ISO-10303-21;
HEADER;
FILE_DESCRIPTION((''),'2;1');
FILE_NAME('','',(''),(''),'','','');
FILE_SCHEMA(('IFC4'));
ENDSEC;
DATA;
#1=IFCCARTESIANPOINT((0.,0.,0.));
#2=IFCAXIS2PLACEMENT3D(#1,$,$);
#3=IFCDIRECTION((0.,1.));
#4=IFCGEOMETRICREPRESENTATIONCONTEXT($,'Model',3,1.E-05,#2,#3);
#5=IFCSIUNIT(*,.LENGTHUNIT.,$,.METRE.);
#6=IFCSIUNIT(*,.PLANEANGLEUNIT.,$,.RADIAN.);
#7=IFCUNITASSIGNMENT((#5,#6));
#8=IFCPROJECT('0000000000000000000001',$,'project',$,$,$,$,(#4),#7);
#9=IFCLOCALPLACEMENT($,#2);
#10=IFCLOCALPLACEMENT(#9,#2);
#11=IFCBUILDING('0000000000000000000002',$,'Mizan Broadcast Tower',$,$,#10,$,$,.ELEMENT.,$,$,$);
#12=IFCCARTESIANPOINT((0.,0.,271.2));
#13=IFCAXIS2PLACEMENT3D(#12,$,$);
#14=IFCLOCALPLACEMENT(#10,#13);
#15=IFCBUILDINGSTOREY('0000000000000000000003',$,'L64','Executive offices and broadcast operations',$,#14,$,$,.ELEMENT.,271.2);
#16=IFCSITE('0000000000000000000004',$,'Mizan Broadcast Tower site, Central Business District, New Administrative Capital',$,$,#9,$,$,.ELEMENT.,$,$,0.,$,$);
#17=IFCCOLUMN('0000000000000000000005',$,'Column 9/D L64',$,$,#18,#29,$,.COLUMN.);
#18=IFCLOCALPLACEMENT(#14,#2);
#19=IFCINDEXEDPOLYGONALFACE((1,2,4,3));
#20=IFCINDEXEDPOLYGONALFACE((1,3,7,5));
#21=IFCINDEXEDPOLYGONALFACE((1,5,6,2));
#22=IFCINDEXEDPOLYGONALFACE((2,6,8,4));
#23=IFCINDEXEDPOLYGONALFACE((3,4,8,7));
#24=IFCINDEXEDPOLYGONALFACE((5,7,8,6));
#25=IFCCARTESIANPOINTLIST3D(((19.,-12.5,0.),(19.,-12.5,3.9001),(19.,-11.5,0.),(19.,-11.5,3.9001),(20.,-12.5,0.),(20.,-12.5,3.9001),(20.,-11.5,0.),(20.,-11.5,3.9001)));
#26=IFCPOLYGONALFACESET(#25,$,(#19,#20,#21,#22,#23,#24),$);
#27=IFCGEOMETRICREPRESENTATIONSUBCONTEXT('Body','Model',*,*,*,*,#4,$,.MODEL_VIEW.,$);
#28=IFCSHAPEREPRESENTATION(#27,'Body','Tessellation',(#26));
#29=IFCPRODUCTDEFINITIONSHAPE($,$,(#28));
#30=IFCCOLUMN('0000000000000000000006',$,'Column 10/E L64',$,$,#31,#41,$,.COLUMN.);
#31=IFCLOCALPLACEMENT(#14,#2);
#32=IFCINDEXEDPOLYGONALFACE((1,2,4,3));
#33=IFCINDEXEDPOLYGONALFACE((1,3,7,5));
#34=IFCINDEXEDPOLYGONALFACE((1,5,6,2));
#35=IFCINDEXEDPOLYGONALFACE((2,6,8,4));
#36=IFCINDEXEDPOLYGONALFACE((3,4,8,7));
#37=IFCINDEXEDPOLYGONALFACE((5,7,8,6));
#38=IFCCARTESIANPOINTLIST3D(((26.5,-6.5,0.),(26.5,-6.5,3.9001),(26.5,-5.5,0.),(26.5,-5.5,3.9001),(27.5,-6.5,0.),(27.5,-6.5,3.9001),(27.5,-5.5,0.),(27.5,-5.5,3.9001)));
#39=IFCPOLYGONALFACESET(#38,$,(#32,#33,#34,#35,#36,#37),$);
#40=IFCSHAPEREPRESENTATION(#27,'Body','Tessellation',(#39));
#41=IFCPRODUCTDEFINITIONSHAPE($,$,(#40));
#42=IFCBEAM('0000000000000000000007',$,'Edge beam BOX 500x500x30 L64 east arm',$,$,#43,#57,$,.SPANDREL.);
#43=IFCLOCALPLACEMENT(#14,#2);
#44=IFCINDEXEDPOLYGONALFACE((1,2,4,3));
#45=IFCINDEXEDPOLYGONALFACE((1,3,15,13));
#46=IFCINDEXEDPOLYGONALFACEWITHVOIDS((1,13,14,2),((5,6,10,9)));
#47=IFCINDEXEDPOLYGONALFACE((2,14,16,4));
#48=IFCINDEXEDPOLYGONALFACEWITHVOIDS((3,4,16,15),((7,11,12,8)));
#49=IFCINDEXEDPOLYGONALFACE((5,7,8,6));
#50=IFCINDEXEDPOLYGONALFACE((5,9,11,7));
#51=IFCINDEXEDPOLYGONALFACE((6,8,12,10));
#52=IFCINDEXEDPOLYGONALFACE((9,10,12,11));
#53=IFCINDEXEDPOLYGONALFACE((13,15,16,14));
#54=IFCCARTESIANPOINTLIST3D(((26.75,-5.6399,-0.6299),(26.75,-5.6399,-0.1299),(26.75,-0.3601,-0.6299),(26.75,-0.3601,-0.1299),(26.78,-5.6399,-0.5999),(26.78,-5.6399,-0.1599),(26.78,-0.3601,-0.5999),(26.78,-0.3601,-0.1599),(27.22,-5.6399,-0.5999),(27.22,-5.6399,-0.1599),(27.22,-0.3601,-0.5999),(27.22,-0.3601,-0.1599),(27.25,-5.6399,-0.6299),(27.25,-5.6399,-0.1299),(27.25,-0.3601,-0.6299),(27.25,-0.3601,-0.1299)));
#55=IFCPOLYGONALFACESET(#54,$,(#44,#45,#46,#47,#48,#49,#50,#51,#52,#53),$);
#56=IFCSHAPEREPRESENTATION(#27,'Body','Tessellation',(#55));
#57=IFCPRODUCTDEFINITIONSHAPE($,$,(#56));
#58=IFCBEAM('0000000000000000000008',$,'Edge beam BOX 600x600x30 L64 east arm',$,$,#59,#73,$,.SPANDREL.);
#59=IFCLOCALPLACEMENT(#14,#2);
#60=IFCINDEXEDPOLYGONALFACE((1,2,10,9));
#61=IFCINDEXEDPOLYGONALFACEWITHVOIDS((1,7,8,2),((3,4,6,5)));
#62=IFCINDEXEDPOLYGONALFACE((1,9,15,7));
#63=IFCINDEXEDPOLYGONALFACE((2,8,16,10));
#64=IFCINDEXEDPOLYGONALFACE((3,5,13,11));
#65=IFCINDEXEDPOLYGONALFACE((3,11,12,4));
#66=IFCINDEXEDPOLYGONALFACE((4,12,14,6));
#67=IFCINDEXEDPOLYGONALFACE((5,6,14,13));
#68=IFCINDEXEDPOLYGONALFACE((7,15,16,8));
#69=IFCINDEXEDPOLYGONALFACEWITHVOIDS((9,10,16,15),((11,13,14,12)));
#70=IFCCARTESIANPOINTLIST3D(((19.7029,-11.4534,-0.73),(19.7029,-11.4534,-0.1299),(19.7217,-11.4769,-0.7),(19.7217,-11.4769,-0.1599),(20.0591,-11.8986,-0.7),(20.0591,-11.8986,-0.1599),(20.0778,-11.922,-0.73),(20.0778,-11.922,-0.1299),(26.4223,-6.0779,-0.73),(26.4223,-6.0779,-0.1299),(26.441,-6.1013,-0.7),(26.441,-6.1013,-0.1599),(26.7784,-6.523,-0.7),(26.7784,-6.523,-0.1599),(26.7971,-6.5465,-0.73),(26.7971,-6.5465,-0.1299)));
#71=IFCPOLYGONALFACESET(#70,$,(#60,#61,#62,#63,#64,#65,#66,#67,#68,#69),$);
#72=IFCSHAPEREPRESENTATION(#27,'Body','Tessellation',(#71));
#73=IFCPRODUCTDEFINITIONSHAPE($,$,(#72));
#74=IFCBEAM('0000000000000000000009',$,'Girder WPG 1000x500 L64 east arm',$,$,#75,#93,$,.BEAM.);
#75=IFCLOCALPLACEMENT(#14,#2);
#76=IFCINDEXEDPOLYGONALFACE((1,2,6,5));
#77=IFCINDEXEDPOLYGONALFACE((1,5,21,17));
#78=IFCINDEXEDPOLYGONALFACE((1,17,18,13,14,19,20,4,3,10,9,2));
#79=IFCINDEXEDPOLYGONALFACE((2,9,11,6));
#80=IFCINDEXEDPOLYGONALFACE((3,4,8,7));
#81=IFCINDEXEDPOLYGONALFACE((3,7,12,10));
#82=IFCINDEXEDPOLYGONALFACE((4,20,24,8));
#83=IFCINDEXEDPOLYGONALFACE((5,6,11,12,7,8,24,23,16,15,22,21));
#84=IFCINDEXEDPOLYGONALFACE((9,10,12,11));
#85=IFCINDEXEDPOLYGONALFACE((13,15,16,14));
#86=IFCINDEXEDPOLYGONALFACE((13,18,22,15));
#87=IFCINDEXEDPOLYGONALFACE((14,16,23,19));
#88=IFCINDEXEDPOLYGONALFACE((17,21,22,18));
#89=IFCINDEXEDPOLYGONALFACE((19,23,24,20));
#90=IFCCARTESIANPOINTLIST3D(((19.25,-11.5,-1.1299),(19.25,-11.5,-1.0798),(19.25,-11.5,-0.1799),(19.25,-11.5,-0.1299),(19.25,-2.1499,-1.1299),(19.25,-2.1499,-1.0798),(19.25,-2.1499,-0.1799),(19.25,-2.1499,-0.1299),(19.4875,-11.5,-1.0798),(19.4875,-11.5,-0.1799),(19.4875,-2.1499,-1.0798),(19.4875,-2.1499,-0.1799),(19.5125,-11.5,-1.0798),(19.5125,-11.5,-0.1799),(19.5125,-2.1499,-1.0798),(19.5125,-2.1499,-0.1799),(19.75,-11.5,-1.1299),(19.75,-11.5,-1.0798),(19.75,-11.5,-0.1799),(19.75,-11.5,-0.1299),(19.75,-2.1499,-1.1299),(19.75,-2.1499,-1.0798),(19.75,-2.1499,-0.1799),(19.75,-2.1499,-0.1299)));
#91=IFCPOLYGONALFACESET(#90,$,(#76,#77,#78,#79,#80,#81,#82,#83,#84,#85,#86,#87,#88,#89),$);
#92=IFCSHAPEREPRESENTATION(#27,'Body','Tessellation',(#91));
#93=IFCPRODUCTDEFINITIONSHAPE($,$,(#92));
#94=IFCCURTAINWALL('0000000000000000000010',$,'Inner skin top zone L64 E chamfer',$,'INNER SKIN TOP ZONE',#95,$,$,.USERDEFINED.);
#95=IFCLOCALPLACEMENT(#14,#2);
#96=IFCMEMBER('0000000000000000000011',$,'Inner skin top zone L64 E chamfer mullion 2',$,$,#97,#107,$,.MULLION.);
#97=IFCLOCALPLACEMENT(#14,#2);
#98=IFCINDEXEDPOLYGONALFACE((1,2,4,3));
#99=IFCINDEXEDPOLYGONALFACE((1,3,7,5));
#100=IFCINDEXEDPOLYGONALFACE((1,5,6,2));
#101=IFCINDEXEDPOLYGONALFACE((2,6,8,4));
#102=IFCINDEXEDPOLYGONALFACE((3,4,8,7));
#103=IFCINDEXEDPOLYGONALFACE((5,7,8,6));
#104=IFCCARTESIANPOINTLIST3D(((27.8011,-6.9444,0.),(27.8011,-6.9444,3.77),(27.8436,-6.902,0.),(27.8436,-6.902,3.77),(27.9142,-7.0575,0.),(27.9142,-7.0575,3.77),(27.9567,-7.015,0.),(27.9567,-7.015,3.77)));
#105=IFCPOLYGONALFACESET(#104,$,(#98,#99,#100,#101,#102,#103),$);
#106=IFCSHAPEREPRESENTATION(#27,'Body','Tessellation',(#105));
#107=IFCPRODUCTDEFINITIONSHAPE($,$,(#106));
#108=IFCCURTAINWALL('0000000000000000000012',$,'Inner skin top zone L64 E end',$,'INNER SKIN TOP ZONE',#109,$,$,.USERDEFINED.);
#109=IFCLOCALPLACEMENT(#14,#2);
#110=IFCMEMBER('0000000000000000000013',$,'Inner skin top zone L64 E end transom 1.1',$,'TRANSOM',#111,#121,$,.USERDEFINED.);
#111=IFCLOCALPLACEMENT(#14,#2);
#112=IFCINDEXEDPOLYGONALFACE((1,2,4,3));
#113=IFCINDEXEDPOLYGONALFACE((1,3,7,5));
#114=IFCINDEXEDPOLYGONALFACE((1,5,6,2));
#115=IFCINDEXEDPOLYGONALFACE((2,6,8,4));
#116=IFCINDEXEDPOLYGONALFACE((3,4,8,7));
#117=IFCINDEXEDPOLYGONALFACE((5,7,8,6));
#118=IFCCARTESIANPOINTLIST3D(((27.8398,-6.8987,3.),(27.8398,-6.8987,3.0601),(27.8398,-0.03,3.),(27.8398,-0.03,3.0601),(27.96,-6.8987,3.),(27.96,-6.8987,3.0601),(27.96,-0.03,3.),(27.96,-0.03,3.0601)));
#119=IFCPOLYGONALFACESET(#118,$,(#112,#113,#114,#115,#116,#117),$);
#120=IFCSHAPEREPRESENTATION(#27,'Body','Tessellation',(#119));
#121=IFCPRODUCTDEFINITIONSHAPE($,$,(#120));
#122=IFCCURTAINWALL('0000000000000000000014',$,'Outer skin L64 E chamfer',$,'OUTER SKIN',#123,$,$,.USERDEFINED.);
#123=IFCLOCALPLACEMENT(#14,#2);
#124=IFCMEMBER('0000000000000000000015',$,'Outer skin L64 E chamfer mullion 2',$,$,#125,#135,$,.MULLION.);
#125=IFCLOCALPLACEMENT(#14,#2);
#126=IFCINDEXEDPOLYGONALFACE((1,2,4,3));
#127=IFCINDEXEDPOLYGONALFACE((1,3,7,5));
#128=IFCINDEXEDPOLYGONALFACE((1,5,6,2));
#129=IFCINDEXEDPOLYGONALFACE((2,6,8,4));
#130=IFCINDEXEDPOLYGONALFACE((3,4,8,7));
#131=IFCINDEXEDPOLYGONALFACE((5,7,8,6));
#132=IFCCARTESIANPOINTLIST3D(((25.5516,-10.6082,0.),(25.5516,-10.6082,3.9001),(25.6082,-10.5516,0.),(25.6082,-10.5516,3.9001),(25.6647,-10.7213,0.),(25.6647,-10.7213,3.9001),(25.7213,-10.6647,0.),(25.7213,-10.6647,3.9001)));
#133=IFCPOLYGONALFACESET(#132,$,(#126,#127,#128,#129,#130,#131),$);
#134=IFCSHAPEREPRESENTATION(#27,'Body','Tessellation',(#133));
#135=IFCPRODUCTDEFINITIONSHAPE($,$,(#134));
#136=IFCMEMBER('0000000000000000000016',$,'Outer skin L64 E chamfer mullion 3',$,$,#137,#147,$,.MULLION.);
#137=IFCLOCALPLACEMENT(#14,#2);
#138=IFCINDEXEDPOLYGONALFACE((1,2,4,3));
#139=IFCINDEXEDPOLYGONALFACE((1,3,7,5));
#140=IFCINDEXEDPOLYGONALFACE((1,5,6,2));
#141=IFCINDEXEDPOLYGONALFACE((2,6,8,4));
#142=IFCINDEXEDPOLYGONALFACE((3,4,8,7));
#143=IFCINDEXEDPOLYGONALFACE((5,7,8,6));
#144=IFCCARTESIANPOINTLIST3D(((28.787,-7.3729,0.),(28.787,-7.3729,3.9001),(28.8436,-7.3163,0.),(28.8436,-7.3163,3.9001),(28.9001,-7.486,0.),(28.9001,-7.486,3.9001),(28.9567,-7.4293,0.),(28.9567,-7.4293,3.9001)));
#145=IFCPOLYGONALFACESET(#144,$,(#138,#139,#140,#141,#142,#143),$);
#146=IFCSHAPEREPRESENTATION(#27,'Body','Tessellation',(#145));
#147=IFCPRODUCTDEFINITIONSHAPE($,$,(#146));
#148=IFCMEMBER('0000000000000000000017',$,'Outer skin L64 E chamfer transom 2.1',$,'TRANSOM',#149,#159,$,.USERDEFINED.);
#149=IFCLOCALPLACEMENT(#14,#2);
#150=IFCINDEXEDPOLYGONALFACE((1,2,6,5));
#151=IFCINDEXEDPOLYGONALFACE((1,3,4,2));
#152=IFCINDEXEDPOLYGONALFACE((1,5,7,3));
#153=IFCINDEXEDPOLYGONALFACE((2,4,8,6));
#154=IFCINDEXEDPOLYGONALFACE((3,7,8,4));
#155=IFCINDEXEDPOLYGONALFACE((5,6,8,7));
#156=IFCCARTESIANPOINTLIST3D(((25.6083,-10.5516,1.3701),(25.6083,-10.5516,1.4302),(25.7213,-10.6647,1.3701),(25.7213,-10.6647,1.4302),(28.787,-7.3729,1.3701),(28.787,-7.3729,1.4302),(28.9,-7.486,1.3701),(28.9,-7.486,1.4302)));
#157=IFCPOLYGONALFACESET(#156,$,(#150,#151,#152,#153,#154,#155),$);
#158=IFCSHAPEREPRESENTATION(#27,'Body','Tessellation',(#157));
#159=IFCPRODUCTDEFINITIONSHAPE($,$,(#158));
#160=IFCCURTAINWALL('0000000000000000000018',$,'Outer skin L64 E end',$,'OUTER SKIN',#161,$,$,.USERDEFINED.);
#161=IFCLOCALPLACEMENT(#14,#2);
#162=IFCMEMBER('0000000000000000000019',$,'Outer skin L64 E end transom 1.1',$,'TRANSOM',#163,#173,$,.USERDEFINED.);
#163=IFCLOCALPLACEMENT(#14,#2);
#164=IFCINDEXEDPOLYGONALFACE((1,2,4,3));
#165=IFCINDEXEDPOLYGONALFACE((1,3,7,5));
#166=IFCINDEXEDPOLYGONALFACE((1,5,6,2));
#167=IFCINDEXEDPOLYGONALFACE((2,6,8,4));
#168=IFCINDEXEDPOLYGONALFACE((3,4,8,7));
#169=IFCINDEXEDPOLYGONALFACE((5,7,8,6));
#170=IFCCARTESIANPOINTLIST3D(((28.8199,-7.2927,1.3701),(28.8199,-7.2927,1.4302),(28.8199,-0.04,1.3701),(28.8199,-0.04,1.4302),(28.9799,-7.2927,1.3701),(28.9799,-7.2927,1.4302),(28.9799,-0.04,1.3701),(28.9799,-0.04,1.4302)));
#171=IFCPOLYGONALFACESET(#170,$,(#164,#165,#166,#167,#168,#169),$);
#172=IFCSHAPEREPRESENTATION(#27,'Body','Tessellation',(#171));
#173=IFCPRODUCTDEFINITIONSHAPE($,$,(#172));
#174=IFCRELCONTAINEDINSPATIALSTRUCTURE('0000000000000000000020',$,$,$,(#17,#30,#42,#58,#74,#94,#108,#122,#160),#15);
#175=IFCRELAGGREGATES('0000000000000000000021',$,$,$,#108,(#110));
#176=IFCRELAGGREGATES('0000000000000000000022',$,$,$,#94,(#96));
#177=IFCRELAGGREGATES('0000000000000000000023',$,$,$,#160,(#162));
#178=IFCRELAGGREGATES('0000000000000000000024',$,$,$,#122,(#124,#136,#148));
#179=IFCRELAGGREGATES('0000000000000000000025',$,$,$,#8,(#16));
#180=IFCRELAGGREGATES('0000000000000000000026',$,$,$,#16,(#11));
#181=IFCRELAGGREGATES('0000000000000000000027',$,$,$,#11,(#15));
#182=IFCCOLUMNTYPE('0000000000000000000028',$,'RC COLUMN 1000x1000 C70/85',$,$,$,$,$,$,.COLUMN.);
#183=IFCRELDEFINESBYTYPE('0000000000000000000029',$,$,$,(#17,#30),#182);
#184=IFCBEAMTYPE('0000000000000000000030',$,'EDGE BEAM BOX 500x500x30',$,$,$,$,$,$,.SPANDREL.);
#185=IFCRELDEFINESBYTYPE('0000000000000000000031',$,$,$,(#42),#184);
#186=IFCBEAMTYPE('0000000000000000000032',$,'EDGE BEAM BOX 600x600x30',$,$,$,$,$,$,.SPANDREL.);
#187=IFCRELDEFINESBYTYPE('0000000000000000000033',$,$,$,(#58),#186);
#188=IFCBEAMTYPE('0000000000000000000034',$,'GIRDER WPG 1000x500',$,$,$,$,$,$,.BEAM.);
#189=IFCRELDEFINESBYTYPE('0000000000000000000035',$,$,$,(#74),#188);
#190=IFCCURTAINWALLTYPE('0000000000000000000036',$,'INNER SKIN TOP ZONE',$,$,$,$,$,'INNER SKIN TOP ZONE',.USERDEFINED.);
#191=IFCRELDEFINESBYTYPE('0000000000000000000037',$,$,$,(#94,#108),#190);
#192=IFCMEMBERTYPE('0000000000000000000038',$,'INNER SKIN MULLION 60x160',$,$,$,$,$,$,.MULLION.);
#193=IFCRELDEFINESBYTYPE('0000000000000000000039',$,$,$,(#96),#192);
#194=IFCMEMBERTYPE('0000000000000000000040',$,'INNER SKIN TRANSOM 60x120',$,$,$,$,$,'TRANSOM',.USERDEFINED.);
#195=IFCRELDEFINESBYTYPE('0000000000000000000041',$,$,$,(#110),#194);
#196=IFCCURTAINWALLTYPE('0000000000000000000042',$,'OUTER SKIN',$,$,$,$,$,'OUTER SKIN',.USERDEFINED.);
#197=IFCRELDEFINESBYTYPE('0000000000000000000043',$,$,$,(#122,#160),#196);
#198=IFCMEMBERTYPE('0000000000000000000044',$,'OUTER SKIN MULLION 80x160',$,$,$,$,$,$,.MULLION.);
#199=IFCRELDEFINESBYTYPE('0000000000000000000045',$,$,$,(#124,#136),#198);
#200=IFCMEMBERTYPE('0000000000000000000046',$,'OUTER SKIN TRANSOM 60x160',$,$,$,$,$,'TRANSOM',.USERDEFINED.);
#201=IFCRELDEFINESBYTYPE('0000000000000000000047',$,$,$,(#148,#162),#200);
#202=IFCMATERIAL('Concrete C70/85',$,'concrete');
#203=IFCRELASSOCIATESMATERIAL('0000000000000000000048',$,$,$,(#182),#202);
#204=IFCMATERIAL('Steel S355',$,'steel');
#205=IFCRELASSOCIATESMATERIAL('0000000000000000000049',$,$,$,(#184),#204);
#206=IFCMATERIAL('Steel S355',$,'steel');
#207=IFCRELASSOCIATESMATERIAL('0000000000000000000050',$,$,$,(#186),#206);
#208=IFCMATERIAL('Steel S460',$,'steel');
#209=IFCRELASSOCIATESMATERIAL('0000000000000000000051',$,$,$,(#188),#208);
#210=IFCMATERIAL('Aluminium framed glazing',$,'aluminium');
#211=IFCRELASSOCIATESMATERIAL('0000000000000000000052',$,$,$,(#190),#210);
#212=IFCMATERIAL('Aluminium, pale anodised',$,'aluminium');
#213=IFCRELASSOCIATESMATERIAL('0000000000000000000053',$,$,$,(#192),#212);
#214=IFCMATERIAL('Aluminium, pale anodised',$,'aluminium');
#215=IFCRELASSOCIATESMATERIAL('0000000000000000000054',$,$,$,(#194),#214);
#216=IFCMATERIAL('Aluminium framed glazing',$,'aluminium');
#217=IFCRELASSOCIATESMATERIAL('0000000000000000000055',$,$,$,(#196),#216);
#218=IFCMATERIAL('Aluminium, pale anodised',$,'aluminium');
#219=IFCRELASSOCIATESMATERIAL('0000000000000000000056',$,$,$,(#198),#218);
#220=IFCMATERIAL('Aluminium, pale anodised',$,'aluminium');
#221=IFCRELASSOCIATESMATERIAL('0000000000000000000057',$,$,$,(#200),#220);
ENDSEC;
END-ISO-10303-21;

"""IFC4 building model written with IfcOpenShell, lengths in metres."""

from ifc_helpers import new_model, si_unit, direction, frame, origin, origin_2d, place, context, subcontext, project, spatial, rectangle, hollow_rectangle, i_section, extrude, material, material_profile, profile_set, type_object, element, aggregate, save


model = new_model("IFC4")

# Units and contexts
model_context = context("Model", 3, precision=1e-05, world=origin(), true_north=direction((0.0, 1.0)))
body_context = subcontext(model_context, "Body", "Model", "MODEL_VIEW")
ifc_project = project(units=[si_unit("LENGTHUNIT", "METRE"), si_unit("PLANEANGLEUNIT", "RADIAN")], contexts=[model_context])

# Site, building, storey
site_placement = place(None, origin())
site = spatial("IfcSite", under=ifc_project, at=site_placement, Name="Mizan Broadcast Tower site, Central Business District, New Administrative Capital", CompositionType="ELEMENT", RefElevation=0.0)
building_placement = place(site_placement, origin())
building = spatial("IfcBuilding", under=site, at=building_placement, Name="Mizan Broadcast Tower", CompositionType="ELEMENT")
storey_placement = place(building_placement, frame((0.0, 0.0, 271.2)))
storey = spatial("IfcBuildingStorey", under=building, at=storey_placement, Name="L64", Description="Executive offices and broadcast operations", CompositionType="ELEMENT", Elevation=271.2)

# Columns
ifc_material_1 = material(Name="Concrete C70/85", Category="concrete")
ifc_material_profile_1 = material_profile(ifc_material_1, rectangle(XDim=1.0, YDim=1.0, at=origin_2d()), Name="RC 1000x1000")
ifc_profile_set_1 = profile_set([ifc_material_profile_1], Name="Concrete C70/85")
column_type = type_object("IfcColumnType", Name="RC COLUMN 1000x1000 C70/85", PredefinedType="COLUMN", material=ifc_profile_set_1)
for number, where, z_axis, x_axis, name in (
    (1, (19.5, -12.0, 0.0), (0.0, 0.0, 1.0), (1.0, 0.0, 0.0), "Column 9/D L64"),
    (2, (27.0, -6.0, 0.0), (0.0, 0.0, 1.0), (1.0, 0.0, 0.0), "Column 10/E L64"),
):
    element("IfcColumn", number, at=place(storey_placement, frame(where, z_axis=z_axis, x_axis=x_axis)), inside=storey, type_object=column_type, Name=name, PredefinedType="COLUMN", context=body_context, shape_type="SweptSolid", body=[
        extrude(rectangle(XDim=1.0, YDim=1.0, at=origin_2d()), origin(), (0.0, 0.0, 1.0), 3.9001),
    ])

# Beams
ifc_material_2 = material(Name="Steel S355", Category="steel")
ifc_material_profile_2 = material_profile(ifc_material_2, hollow_rectangle(XDim=0.5, YDim=0.5, WallThickness=0.03, at=origin_2d()), Name="BOX 500x500x30")
ifc_profile_set_2 = profile_set([ifc_material_profile_2], Name="Steel S355")
beam_type_1 = type_object("IfcBeamType", Name="EDGE BEAM BOX 500x500x30", PredefinedType="SPANDREL", material=ifc_profile_set_2)
beam_1_placement = place(storey_placement, frame((27.0, -5.6399, -0.3799), z_axis=(0.0, 1.0, 0.0), x_axis=(-1.0, 0.0, 0.0)))
element("IfcBeam", 3, at=beam_1_placement, inside=storey, type_object=beam_type_1, Name="Edge beam BOX 500x500x30 L64 east arm", PredefinedType="SPANDREL", context=body_context, shape_type="SweptSolid", body=[
    extrude(hollow_rectangle(XDim=0.5, YDim=0.5, WallThickness=0.03, at=origin_2d()), origin(), (0.0, 0.0, 1.0), 5.2798),
])
ifc_material_3 = material(Name="Steel S355", Category="steel")
ifc_material_profile_3 = material_profile(ifc_material_3, hollow_rectangle(XDim=0.6001, YDim=0.6001, WallThickness=0.03, at=origin_2d()), Name="BOX 600x600x30")
ifc_profile_set_3 = profile_set([ifc_material_profile_3], Name="Steel S355")
beam_type_2 = type_object("IfcBeamType", Name="EDGE BEAM BOX 600x600x30", PredefinedType="SPANDREL", material=ifc_profile_set_3)
beam_2_placement = place(storey_placement, frame((19.8904, -11.6877, -0.4299), z_axis=(0.780863, 0.624702, 0.0), x_axis=(-0.624702, 0.780863, 0.0)))
element("IfcBeam", 4, at=beam_2_placement, inside=storey, type_object=beam_type_2, Name="Edge beam BOX 600x600x30 L64 east arm", PredefinedType="SPANDREL", context=body_context, shape_type="SweptSolid", body=[
    extrude(hollow_rectangle(XDim=0.6001, YDim=0.6001, WallThickness=0.03, at=origin_2d()), origin(), (0.0, 0.0, 1.0), 8.605),
])
ifc_material_4 = material(Name="Steel S460", Category="steel")
ifc_material_profile_4 = material_profile(ifc_material_4, i_section(OverallWidth=0.5, OverallDepth=1.0, WebThickness=0.0249, FlangeThickness=0.05, at=origin_2d()), Name="WPG 1000x500")
ifc_profile_set_4 = profile_set([ifc_material_profile_4], Name="Steel S460")
beam_type_3 = type_object("IfcBeamType", Name="GIRDER WPG 1000x500", PredefinedType="BEAM", material=ifc_profile_set_4)
beam_3_placement = place(storey_placement, frame((19.5, -11.5, -0.6299), z_axis=(0.0, 1.0, 0.0), x_axis=(-1.0, 0.0, 0.0)))
element("IfcBeam", 5, at=beam_3_placement, inside=storey, type_object=beam_type_3, Name="Girder WPG 1000x500 L64 east arm", PredefinedType="BEAM", context=body_context, shape_type="SweptSolid", body=[
    extrude(i_section(OverallWidth=0.5, OverallDepth=1.0, WebThickness=0.0249, FlangeThickness=0.05, at=origin_2d()), origin(), (0.0, 0.0, 1.0), 9.3501),
])

# Curtain walls, members
ifc_material_5 = material(Name="Aluminium framed glazing", Category="aluminium")
curtain_wall_type_1 = type_object("IfcCurtainWallType", Name="INNER SKIN TOP ZONE", ElementType="INNER SKIN TOP ZONE", PredefinedType="USERDEFINED", material=ifc_material_5)
curtain_wall_1_placement = place(storey_placement, origin())
curtain_wall_1 = element("IfcCurtainWall", 6, at=curtain_wall_1_placement, inside=storey, type_object=curtain_wall_type_1, Name="Inner skin top zone L64 E chamfer", ObjectType="INNER SKIN TOP ZONE", PredefinedType="USERDEFINED")
ifc_material_6 = material(Name="Aluminium, pale anodised", Category="aluminium")
ifc_material_profile_5 = material_profile(ifc_material_6, rectangle(XDim=0.1599, YDim=0.0601, at=origin_2d()), Name="MULLION 160x60")
ifc_profile_set_5 = profile_set([ifc_material_profile_5], Name="Aluminium, pale anodised")
member_type_1 = type_object("IfcMemberType", Name="INNER SKIN MULLION 60x160", PredefinedType="MULLION", material=ifc_profile_set_5)
member_1_placement = place(storey_placement, frame((27.8789, -6.9797, 0.0), z_axis=(0.0, 0.0, 1.0), x_axis=(-0.707107, 0.707107, 0.0)))
member_1 = element("IfcMember", 7, at=member_1_placement, type_object=member_type_1, Name="Inner skin top zone L64 E chamfer mullion 2", PredefinedType="MULLION", context=body_context, shape_type="SweptSolid", body=[
    extrude(rectangle(XDim=0.1599, YDim=0.0601, at=origin_2d()), origin(), (0.0, 0.0, 1.0), 3.77),
])
curtain_wall_2_placement = place(storey_placement, origin())
curtain_wall_2 = element("IfcCurtainWall", 8, at=curtain_wall_2_placement, inside=storey, type_object=curtain_wall_type_1, Name="Inner skin top zone L64 E end", ObjectType="INNER SKIN TOP ZONE", PredefinedType="USERDEFINED")
ifc_material_7 = material(Name="Aluminium, pale anodised", Category="aluminium")
ifc_material_profile_6 = material_profile(ifc_material_7, rectangle(XDim=0.1201, YDim=0.0601, at=origin_2d()), Name="TRANSOM 120x60")
ifc_profile_set_6 = profile_set([ifc_material_profile_6], Name="Aluminium, pale anodised")
member_type_2 = type_object("IfcMemberType", Name="INNER SKIN TRANSOM 60x120", ElementType="TRANSOM", PredefinedType="USERDEFINED", material=ifc_profile_set_6)
member_2_placement = place(storey_placement, frame((27.8999, -6.8987, 3.03), z_axis=(0.0, 1.0, 0.0), x_axis=(-1.0, 0.0, 0.0)))
member_2 = element("IfcMember", 9, at=member_2_placement, type_object=member_type_2, Name="Inner skin top zone L64 E end transom 1.1", ObjectType="TRANSOM", PredefinedType="USERDEFINED", context=body_context, shape_type="SweptSolid", body=[
    extrude(rectangle(XDim=0.1201, YDim=0.0601, at=origin_2d()), origin(), (0.0, 0.0, 1.0), 6.8687),
])
aggregate(curtain_wall_2, [member_2])

# Curtain wall, members
ifc_material_8 = material(Name="Aluminium framed glazing", Category="aluminium")
curtain_wall_type_2 = type_object("IfcCurtainWallType", Name="OUTER SKIN", ElementType="OUTER SKIN", PredefinedType="USERDEFINED", material=ifc_material_8)
curtain_wall_3_placement = place(storey_placement, origin())
curtain_wall_3 = element("IfcCurtainWall", 10, at=curtain_wall_3_placement, inside=storey, type_object=curtain_wall_type_2, Name="Outer skin L64 E chamfer", ObjectType="OUTER SKIN", PredefinedType="USERDEFINED")
ifc_material_9 = material(Name="Aluminium, pale anodised", Category="aluminium")
ifc_material_profile_7 = material_profile(ifc_material_9, rectangle(XDim=0.1599, YDim=0.0801, at=origin_2d()), Name="MULLION 160x80")
ifc_profile_set_7 = profile_set([ifc_material_profile_7], Name="Aluminium, pale anodised")
member_type_3 = type_object("IfcMemberType", Name="OUTER SKIN MULLION 80x160", PredefinedType="MULLION", material=ifc_profile_set_7)
member_3_placement = place(storey_placement, frame((25.6365, -10.6365, 0.0), z_axis=(0.0, 0.0, 1.0), x_axis=(-0.707107, 0.707107, 0.0)))
member_3 = element("IfcMember", 11, at=member_3_placement, type_object=member_type_3, Name="Outer skin L64 E chamfer mullion 2", PredefinedType="MULLION", context=body_context, shape_type="SweptSolid", body=[
    extrude(rectangle(XDim=0.1599, YDim=0.0801, at=origin_2d()), origin(), (0.0, 0.0, 1.0), 3.9001),
])
member_4_placement = place(storey_placement, frame((28.8718, -7.4011, 0.0), z_axis=(0.0, 0.0, 1.0), x_axis=(-0.707107, 0.707107, 0.0)))
member_4 = element("IfcMember", 12, at=member_4_placement, type_object=member_type_3, Name="Outer skin L64 E chamfer mullion 3", PredefinedType="MULLION", context=body_context, shape_type="SweptSolid", body=[
    extrude(rectangle(XDim=0.1599, YDim=0.0801, at=origin_2d()), origin(), (0.0, 0.0, 1.0), 3.9001),
])
ifc_material_10 = material(Name="Aluminium, pale anodised", Category="aluminium")
ifc_material_profile_8 = material_profile(ifc_material_10, rectangle(XDim=0.1599, YDim=0.0601, at=origin_2d()), Name="TRANSOM 160x60")
ifc_profile_set_8 = profile_set([ifc_material_profile_8], Name="Aluminium, pale anodised")
member_type_4 = type_object("IfcMemberType", Name="OUTER SKIN TRANSOM 60x160", ElementType="TRANSOM", PredefinedType="USERDEFINED", material=ifc_profile_set_8)
member_5_placement = place(storey_placement, frame((25.6648, -10.6082, 1.4001), z_axis=(0.707107, 0.707107, 0.0), x_axis=(-0.707107, 0.707107, 0.0)))
member_5 = element("IfcMember", 13, at=member_5_placement, type_object=member_type_4, Name="Outer skin L64 E chamfer transom 2.1", ObjectType="TRANSOM", PredefinedType="USERDEFINED", context=body_context, shape_type="SweptSolid", body=[
    extrude(rectangle(XDim=0.1599, YDim=0.0601, at=origin_2d()), origin(), (0.0, 0.0, 1.0), 4.4954),
])

# Curtain wall, member
curtain_wall_4_placement = place(storey_placement, origin())
curtain_wall_4 = element("IfcCurtainWall", 14, at=curtain_wall_4_placement, inside=storey, type_object=curtain_wall_type_2, Name="Outer skin L64 E end", ObjectType="OUTER SKIN", PredefinedType="USERDEFINED")
member_6_placement = place(storey_placement, frame((28.8999, -7.2927, 1.4001), z_axis=(0.0, 1.0, 0.0), x_axis=(-1.0, 0.0, 0.0)))
member_6 = element("IfcMember", 15, at=member_6_placement, type_object=member_type_4, Name="Outer skin L64 E end transom 1.1", ObjectType="TRANSOM", PredefinedType="USERDEFINED", context=body_context, shape_type="SweptSolid", body=[
    extrude(rectangle(XDim=0.1599, YDim=0.0601, at=origin_2d()), origin(), (0.0, 0.0, 1.0), 7.2527),
])

aggregate(curtain_wall_1, [member_1])
aggregate(curtain_wall_4, [member_6])
aggregate(curtain_wall_3, [member_3, member_4, member_5])

save(model, "model.ifc")
